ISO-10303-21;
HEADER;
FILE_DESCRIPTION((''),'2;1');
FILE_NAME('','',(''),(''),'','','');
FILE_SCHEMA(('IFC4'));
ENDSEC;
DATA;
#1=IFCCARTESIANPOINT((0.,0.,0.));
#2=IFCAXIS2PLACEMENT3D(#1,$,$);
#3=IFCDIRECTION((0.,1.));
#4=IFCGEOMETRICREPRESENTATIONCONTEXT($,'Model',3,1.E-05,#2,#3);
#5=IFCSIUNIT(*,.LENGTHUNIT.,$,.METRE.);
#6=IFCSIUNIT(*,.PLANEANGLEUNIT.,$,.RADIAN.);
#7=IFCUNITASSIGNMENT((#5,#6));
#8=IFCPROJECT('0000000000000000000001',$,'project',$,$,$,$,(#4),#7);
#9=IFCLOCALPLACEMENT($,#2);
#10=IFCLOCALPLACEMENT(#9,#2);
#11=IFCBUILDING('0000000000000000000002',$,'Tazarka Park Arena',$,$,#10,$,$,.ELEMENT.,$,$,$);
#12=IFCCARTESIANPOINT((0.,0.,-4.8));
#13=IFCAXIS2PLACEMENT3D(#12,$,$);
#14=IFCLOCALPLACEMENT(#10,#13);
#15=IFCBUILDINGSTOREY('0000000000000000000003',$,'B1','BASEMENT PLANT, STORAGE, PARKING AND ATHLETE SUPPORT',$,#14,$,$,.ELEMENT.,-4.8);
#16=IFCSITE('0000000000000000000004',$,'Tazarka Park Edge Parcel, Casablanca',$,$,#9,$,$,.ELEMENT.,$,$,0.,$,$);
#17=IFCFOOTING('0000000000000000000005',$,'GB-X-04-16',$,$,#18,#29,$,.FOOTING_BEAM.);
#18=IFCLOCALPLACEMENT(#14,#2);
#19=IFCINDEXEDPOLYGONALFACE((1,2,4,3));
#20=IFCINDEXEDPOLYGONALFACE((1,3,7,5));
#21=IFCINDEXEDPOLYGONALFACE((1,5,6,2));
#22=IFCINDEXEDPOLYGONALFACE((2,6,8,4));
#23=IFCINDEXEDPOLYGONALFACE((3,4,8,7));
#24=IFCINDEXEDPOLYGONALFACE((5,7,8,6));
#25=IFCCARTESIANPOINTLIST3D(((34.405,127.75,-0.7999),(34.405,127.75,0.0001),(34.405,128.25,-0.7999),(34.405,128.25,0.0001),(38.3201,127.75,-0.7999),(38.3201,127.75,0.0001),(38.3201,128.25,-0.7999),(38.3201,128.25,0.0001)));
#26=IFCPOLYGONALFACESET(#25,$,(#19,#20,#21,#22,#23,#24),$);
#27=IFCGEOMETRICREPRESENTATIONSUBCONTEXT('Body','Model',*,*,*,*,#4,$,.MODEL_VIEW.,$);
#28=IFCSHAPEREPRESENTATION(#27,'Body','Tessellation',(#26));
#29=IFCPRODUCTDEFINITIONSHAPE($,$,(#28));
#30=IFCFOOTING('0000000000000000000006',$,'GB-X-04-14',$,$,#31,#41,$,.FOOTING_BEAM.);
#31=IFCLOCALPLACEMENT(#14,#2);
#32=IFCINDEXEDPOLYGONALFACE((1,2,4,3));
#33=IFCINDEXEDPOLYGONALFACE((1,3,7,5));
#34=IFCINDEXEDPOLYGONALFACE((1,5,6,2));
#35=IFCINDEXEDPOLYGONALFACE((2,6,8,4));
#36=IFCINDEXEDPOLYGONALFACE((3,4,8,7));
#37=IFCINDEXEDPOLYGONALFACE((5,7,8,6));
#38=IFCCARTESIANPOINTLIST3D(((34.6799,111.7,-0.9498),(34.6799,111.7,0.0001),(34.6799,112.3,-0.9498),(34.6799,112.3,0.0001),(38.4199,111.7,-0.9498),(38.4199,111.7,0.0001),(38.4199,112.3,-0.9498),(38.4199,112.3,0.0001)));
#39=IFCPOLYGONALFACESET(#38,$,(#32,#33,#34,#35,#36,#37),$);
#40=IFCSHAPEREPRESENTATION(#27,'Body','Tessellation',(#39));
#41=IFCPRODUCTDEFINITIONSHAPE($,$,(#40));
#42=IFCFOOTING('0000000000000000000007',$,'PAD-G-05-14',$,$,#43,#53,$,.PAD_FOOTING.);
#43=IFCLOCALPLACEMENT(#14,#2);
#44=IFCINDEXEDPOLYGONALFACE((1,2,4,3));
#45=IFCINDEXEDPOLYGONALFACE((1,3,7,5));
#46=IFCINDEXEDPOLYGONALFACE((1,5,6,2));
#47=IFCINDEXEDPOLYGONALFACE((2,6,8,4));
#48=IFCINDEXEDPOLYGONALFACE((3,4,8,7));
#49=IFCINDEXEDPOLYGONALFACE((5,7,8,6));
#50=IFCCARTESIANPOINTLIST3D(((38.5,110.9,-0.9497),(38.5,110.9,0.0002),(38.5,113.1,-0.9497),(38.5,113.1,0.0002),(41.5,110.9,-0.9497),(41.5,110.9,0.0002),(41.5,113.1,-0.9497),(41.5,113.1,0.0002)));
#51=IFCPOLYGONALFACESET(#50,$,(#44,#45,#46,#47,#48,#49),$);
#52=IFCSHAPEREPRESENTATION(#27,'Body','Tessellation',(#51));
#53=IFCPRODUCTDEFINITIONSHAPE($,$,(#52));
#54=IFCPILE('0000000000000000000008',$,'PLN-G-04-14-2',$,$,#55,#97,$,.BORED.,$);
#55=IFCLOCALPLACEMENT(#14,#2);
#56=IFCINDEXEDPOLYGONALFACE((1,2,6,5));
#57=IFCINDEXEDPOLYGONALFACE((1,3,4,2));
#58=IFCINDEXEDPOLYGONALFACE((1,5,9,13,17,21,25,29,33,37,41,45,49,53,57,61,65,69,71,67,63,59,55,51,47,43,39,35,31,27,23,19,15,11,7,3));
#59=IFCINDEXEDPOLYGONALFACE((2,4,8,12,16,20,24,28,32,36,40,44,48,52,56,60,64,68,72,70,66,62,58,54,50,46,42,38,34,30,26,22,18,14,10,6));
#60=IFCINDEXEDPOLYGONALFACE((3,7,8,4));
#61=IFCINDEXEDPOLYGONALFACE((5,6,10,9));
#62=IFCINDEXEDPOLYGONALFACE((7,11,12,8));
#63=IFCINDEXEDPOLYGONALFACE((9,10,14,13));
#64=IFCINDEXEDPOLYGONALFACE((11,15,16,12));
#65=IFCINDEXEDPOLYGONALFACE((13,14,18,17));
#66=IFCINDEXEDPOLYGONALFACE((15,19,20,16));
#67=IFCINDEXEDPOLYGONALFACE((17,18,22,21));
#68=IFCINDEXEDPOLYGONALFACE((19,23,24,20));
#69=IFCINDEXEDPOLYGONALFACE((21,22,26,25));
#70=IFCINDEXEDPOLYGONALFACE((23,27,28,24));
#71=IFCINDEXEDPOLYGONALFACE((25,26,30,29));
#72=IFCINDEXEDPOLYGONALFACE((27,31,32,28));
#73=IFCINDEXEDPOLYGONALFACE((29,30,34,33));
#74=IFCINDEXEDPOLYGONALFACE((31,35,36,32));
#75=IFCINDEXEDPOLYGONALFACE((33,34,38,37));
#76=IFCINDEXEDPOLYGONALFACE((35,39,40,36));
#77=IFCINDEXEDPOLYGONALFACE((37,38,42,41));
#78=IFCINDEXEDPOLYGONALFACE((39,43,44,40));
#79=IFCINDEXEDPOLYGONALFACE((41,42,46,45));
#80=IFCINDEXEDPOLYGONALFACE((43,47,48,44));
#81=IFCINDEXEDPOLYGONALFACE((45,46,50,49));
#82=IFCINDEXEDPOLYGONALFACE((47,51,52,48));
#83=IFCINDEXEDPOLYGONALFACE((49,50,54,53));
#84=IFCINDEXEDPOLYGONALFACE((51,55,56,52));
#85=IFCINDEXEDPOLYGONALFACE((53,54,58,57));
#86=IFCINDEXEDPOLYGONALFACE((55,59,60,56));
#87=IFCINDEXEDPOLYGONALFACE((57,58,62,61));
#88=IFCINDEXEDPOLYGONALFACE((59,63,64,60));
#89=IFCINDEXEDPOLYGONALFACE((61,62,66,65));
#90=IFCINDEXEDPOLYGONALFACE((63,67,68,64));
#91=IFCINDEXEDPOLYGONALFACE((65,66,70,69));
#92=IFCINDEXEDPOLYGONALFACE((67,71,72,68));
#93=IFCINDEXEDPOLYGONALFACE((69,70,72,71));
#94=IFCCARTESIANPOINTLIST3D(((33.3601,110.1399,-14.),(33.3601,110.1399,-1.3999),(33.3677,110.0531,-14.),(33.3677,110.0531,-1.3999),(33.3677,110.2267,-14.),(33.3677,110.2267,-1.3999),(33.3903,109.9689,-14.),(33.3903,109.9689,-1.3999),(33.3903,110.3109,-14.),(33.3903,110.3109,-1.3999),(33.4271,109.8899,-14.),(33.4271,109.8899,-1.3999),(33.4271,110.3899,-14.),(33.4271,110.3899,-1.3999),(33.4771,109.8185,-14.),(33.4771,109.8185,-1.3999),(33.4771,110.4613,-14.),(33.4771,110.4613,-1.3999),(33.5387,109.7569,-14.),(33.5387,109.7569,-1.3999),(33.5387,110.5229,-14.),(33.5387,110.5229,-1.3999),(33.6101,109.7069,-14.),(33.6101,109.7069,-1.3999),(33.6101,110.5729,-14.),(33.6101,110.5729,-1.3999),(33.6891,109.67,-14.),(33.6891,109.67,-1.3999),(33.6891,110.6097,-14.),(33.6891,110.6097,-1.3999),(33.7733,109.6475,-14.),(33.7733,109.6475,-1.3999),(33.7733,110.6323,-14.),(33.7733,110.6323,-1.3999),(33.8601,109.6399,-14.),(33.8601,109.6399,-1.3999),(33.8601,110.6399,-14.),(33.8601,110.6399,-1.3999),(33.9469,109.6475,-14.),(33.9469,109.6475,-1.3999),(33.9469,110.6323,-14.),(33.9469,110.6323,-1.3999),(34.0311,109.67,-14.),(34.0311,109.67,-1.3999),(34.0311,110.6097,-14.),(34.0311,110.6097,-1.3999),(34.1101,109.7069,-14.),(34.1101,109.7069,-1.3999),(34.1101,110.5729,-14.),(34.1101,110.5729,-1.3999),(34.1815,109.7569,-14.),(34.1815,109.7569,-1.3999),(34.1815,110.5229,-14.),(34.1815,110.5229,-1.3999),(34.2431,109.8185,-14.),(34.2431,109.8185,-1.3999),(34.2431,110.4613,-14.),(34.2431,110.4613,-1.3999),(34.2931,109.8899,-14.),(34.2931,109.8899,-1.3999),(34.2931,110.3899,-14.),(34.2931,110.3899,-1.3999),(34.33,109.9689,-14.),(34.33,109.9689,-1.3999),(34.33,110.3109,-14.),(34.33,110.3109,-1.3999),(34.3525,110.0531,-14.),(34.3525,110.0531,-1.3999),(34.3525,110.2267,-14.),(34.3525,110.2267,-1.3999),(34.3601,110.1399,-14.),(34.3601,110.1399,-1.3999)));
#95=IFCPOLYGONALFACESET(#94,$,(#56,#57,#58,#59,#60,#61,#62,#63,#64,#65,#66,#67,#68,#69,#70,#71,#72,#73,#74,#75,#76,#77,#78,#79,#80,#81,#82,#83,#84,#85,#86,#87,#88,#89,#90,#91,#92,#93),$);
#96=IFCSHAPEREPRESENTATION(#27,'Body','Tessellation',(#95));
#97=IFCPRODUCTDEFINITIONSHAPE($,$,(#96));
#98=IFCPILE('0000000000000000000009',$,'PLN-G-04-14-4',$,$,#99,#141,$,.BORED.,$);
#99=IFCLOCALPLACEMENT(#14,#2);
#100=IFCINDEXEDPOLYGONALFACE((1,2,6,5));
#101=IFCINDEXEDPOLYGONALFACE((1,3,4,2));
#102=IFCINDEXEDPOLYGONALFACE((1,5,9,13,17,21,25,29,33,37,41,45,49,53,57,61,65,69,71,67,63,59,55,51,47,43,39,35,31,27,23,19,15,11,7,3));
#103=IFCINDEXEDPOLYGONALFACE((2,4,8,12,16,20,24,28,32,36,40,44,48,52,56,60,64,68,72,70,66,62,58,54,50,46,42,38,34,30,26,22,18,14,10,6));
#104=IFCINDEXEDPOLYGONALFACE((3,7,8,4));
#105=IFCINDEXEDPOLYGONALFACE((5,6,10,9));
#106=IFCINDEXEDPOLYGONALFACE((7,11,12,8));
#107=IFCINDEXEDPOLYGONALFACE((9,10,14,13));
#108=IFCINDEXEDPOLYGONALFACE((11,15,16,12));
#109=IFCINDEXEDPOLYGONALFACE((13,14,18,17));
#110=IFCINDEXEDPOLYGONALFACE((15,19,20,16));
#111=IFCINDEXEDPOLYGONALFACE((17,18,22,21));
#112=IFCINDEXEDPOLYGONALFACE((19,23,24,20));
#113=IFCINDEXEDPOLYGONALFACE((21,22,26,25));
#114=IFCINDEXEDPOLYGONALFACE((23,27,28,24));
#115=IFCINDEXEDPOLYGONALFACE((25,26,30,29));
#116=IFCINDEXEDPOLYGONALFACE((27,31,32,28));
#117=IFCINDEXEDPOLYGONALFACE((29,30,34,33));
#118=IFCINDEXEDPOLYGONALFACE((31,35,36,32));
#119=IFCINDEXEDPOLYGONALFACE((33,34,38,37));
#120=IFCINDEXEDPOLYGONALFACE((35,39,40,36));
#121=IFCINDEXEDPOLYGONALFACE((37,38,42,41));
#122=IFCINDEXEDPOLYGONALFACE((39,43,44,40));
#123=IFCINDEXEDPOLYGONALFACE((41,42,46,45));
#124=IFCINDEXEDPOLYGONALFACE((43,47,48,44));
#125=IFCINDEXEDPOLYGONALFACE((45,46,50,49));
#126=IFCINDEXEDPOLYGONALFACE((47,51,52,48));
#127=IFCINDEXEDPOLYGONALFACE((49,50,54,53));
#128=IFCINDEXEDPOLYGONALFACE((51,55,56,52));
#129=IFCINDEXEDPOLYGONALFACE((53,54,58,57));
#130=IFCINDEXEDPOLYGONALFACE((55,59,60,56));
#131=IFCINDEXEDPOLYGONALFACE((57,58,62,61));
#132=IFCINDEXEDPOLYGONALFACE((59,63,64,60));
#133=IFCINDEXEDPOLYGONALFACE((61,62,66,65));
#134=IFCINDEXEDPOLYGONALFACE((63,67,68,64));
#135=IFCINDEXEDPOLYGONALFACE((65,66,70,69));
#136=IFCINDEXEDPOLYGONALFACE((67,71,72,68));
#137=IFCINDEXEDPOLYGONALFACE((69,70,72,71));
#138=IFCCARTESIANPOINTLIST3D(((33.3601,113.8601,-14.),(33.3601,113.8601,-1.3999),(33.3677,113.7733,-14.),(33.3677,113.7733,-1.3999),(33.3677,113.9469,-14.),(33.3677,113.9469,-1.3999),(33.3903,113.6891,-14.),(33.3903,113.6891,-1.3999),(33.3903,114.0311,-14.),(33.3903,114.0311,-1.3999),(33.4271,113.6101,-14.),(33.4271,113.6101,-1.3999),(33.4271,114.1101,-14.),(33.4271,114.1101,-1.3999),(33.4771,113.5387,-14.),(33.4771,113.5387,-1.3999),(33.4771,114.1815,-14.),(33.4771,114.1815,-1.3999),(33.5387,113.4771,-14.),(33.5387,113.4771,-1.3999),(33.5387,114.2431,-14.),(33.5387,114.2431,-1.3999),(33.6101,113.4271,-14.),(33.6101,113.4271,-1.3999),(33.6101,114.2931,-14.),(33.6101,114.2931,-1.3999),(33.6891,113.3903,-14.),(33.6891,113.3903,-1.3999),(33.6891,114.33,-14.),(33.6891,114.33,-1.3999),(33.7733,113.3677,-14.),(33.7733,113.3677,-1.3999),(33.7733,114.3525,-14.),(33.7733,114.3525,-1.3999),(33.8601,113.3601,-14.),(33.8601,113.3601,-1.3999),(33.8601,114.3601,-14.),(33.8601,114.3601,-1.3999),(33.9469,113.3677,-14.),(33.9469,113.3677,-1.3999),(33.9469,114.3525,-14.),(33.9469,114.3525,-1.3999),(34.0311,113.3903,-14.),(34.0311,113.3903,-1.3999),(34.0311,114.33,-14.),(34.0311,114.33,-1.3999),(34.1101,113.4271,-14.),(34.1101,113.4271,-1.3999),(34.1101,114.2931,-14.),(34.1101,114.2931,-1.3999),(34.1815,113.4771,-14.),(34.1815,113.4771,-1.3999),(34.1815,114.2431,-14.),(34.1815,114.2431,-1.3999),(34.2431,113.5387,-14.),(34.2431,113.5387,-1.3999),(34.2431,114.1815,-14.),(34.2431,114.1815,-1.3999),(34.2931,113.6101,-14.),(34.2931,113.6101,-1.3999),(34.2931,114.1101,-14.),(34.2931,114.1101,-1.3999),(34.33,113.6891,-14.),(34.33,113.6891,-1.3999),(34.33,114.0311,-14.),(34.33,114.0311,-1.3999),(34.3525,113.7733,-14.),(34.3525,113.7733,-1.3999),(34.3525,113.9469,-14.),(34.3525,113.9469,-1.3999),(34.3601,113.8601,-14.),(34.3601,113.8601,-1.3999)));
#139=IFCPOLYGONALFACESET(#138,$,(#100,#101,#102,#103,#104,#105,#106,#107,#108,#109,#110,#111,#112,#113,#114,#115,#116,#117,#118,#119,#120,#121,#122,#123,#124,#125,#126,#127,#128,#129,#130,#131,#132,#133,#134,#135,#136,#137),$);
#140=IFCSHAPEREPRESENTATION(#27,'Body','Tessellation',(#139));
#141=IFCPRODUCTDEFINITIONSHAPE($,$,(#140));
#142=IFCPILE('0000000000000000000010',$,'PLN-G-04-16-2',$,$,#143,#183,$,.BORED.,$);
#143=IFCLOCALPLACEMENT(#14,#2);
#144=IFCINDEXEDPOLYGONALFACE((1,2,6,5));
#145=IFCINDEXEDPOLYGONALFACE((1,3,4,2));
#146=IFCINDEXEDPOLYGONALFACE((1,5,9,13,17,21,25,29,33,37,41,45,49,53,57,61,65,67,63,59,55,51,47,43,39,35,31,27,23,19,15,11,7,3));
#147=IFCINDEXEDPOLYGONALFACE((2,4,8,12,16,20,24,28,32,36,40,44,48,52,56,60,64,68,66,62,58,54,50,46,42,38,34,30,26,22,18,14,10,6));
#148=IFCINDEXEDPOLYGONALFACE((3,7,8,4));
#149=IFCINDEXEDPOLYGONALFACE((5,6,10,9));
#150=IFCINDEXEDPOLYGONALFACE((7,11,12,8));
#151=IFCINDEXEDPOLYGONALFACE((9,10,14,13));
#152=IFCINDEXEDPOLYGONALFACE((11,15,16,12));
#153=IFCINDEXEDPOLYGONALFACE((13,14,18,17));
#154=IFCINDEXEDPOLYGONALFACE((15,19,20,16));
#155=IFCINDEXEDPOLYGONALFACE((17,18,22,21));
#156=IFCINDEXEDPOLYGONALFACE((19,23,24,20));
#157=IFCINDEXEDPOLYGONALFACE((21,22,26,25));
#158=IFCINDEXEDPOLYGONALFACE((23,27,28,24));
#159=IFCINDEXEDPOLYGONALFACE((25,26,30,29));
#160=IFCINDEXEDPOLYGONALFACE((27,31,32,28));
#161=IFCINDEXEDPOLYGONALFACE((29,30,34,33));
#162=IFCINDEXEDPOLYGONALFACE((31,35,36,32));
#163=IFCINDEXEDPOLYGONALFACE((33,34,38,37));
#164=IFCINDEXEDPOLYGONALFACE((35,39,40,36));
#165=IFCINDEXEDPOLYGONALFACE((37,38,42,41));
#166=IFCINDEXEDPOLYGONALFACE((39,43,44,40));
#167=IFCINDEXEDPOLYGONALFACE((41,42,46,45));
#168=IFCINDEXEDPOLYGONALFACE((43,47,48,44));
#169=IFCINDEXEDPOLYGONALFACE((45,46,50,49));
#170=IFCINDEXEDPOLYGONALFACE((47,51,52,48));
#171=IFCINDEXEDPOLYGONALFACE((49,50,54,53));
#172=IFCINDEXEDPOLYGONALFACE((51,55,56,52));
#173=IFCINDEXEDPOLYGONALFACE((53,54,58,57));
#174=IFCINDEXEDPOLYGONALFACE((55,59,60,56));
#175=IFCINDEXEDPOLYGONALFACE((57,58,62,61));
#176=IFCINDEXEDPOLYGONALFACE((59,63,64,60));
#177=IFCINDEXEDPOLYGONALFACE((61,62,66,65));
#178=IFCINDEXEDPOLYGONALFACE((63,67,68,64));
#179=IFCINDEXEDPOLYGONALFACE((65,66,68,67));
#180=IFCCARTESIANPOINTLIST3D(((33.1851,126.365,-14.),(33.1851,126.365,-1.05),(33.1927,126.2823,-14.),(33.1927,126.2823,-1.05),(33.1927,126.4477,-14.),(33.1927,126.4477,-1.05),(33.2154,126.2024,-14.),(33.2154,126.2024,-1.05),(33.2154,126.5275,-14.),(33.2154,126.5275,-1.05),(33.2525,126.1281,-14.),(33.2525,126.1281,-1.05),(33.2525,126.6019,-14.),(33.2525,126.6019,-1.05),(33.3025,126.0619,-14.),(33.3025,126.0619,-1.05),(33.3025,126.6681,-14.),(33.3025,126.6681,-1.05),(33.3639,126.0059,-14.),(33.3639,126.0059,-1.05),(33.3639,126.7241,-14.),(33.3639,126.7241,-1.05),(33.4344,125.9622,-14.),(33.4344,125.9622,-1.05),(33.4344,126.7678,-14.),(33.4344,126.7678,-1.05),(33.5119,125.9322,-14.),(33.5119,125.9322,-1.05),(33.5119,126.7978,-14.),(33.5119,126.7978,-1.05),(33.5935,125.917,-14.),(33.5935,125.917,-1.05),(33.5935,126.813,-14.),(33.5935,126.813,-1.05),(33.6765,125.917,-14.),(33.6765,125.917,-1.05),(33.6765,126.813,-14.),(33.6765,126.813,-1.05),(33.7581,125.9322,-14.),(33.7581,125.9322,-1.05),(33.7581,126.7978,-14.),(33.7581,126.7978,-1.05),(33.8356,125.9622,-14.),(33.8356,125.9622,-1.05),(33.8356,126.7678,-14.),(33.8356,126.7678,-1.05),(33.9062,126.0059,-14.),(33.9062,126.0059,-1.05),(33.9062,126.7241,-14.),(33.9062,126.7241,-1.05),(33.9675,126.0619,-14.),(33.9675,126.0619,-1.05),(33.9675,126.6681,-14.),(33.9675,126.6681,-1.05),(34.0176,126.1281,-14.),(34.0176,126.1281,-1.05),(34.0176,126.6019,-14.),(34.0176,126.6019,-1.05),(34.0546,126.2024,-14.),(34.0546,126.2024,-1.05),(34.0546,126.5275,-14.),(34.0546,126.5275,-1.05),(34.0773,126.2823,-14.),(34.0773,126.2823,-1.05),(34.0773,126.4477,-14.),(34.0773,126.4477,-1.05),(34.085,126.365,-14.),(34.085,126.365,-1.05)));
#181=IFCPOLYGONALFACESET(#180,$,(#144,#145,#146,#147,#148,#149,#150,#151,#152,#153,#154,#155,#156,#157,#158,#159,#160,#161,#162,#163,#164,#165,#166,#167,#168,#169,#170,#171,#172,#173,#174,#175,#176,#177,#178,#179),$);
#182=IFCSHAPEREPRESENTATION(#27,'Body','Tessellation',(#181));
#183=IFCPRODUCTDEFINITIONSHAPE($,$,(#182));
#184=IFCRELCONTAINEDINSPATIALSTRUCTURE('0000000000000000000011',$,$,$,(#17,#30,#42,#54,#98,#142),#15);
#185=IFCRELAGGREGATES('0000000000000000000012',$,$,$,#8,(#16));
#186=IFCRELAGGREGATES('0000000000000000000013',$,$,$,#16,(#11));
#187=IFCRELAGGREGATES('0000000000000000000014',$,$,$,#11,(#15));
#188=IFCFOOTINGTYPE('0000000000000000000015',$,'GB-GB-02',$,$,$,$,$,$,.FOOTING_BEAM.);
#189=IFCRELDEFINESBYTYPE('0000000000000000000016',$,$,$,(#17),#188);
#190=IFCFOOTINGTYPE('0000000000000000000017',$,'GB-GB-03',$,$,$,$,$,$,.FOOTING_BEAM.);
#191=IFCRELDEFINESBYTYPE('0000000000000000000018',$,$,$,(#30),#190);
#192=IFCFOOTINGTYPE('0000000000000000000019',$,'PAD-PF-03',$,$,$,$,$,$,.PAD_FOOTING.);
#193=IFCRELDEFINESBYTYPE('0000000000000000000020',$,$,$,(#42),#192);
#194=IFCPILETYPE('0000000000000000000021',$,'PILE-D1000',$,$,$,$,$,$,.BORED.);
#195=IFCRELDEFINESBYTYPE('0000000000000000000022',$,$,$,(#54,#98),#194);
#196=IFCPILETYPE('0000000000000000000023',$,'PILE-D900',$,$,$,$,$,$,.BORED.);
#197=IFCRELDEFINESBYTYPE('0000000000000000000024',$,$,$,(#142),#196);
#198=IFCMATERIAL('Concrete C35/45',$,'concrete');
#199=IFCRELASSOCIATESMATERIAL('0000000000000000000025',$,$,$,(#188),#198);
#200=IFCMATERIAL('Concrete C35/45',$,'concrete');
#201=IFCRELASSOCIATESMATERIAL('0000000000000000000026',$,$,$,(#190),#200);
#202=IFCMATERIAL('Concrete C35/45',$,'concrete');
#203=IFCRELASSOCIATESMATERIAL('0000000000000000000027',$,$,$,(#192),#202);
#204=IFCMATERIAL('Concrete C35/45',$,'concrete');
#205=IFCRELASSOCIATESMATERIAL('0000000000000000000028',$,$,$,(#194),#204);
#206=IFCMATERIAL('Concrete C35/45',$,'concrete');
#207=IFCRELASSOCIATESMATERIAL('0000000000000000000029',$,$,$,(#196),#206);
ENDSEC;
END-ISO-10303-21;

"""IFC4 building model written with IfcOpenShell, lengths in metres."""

from ifc_helpers import new_model, si_unit, direction, frame, origin, origin_2d, place, context, subcontext, project, spatial, rectangle, circle, extrude, material, material_profile, profile_set, type_object, element, save


model = new_model("IFC4")

# Units and contexts
model_context = context("Model", 3, precision=1e-05, world=origin(), true_north=direction((0.0, 1.0)))
body_context = subcontext(model_context, "Body", "Model", "MODEL_VIEW")
ifc_project = project(units=[si_unit("LENGTHUNIT", "METRE"), si_unit("PLANEANGLEUNIT", "RADIAN")], contexts=[model_context])

# Site, building, storey
site_placement = place(None, origin())
site = spatial("IfcSite", under=ifc_project, at=site_placement, Name="Tazarka Park Edge Parcel, Casablanca", CompositionType="ELEMENT", RefElevation=0.0)
building_placement = place(site_placement, origin())
building = spatial("IfcBuilding", under=site, at=building_placement, Name="Tazarka Park Arena", CompositionType="ELEMENT")
storey_placement = place(building_placement, frame((0.0, 0.0, -4.8)))
storey = spatial("IfcBuildingStorey", under=building, at=storey_placement, Name="B1", Description="BASEMENT PLANT, STORAGE, PARKING AND ATHLETE SUPPORT", CompositionType="ELEMENT", Elevation=-4.8)

# Footings
ifc_material_1 = material(Name="Concrete C35/45", Category="concrete")
ifc_material_profile_1 = material_profile(ifc_material_1, rectangle(XDim=0.5, YDim=0.8, at=origin_2d()), Name="Concrete C35/45")
ifc_profile_set_1 = profile_set([ifc_material_profile_1], Name="Concrete C35/45")
footing_type_1 = type_object("IfcFootingType", Name="GB-GB-02", PredefinedType="FOOTING_BEAM", material=ifc_profile_set_1)
footing_1_placement = place(storey_placement, frame((34.405, 128.0, -0.3999), z_axis=(1.0, 0.0, 0.0), x_axis=(0.0, 1.0, 0.0)))
element("IfcFooting", 1, at=footing_1_placement, inside=storey, type_object=footing_type_1, Name="GB-X-04-16", PredefinedType="FOOTING_BEAM", context=body_context, shape_type="SweptSolid", body=[
    extrude(rectangle(XDim=0.5, YDim=0.8, at=origin_2d()), origin(), (0.0, 0.0, 1.0), 3.915),
])
ifc_material_2 = material(Name="Concrete C35/45", Category="concrete")
ifc_material_profile_2 = material_profile(ifc_material_2, rectangle(XDim=0.6001, YDim=0.95, at=origin_2d()), Name="Concrete C35/45")
ifc_profile_set_2 = profile_set([ifc_material_profile_2], Name="Concrete C35/45")
footing_type_2 = type_object("IfcFootingType", Name="GB-GB-03", PredefinedType="FOOTING_BEAM", material=ifc_profile_set_2)
footing_2_placement = place(storey_placement, frame((34.6799, 112.0, -0.4749), z_axis=(1.0, 0.0, 0.0), x_axis=(0.0, 1.0, 0.0)))
element("IfcFooting", 2, at=footing_2_placement, inside=storey, type_object=footing_type_2, Name="GB-X-04-14", PredefinedType="FOOTING_BEAM", context=body_context, shape_type="SweptSolid", body=[
    extrude(rectangle(XDim=0.6001, YDim=0.95, at=origin_2d()), origin(), (0.0, 0.0, 1.0), 3.74),
])
ifc_material_3 = material(Name="Concrete C35/45", Category="concrete")
footing_type_3 = type_object("IfcFootingType", Name="PAD-PF-03", PredefinedType="PAD_FOOTING", material=ifc_material_3)
footing_3_placement = place(storey_placement, frame((40.0, 112.0, -0.9497), z_axis=(0.0, 0.0, 1.0), x_axis=(1.0, 0.0, 0.0)))
element("IfcFooting", 3, at=footing_3_placement, inside=storey, type_object=footing_type_3, Name="PAD-G-05-14", PredefinedType="PAD_FOOTING", context=body_context, shape_type="SweptSolid", body=[
    extrude(rectangle(XDim=3.0, YDim=2.2, at=origin_2d()), origin(), (0.0, 0.0, 1.0), 0.95),
])

# Piles
ifc_material_4 = material(Name="Concrete C35/45", Category="concrete")
ifc_material_profile_3 = material_profile(ifc_material_4, circle(Radius=0.5, at=origin_2d()), Name="Concrete C35/45")
ifc_profile_set_3 = profile_set([ifc_material_profile_3], Name="Concrete C35/45")
pile_type_1 = type_object("IfcPileType", Name="PILE-D1000", PredefinedType="BORED", material=ifc_profile_set_3)
for number, where, z_axis, x_axis, name in (
    (4, (33.8601, 110.1399, -1.3999), (0.0, 0.0, -1.0), (1.0, 0.0, 0.0), "PLN-G-04-14-2"),
    (5, (33.8601, 113.8601, -1.3999), (0.0, 0.0, -1.0), (1.0, 0.0, 0.0), "PLN-G-04-14-4"),
):
    element("IfcPile", number, at=place(storey_placement, frame(where, z_axis=z_axis, x_axis=x_axis)), inside=storey, type_object=pile_type_1, Name=name, PredefinedType="BORED", context=body_context, shape_type="SweptSolid", body=[
        extrude(circle(Radius=0.5, at=origin_2d()), origin(), (0.0, 0.0, 1.0), 12.6001),
    ])
ifc_material_5 = material(Name="Concrete C35/45", Category="concrete")
ifc_material_profile_4 = material_profile(ifc_material_5, circle(Radius=0.45, at=origin_2d()), Name="Concrete C35/45")
ifc_profile_set_4 = profile_set([ifc_material_profile_4], Name="Concrete C35/45")
pile_type_2 = type_object("IfcPileType", Name="PILE-D900", PredefinedType="BORED", material=ifc_profile_set_4)
for number, where, z_axis, x_axis, name in (
    (6, (33.635, 126.365, -1.05), (0.0, 0.0, -1.0), (1.0, 0.0, 0.0), "PLN-G-04-16-2"),
):
    element("IfcPile", number, at=place(storey_placement, frame(where, z_axis=z_axis, x_axis=x_axis)), inside=storey, type_object=pile_type_2, Name=name, PredefinedType="BORED", context=body_context, shape_type="SweptSolid", body=[
        extrude(circle(Radius=0.45, at=origin_2d()), origin(), (0.0, 0.0, 1.0), 12.95),
    ])

save(model, "model.ifc")
